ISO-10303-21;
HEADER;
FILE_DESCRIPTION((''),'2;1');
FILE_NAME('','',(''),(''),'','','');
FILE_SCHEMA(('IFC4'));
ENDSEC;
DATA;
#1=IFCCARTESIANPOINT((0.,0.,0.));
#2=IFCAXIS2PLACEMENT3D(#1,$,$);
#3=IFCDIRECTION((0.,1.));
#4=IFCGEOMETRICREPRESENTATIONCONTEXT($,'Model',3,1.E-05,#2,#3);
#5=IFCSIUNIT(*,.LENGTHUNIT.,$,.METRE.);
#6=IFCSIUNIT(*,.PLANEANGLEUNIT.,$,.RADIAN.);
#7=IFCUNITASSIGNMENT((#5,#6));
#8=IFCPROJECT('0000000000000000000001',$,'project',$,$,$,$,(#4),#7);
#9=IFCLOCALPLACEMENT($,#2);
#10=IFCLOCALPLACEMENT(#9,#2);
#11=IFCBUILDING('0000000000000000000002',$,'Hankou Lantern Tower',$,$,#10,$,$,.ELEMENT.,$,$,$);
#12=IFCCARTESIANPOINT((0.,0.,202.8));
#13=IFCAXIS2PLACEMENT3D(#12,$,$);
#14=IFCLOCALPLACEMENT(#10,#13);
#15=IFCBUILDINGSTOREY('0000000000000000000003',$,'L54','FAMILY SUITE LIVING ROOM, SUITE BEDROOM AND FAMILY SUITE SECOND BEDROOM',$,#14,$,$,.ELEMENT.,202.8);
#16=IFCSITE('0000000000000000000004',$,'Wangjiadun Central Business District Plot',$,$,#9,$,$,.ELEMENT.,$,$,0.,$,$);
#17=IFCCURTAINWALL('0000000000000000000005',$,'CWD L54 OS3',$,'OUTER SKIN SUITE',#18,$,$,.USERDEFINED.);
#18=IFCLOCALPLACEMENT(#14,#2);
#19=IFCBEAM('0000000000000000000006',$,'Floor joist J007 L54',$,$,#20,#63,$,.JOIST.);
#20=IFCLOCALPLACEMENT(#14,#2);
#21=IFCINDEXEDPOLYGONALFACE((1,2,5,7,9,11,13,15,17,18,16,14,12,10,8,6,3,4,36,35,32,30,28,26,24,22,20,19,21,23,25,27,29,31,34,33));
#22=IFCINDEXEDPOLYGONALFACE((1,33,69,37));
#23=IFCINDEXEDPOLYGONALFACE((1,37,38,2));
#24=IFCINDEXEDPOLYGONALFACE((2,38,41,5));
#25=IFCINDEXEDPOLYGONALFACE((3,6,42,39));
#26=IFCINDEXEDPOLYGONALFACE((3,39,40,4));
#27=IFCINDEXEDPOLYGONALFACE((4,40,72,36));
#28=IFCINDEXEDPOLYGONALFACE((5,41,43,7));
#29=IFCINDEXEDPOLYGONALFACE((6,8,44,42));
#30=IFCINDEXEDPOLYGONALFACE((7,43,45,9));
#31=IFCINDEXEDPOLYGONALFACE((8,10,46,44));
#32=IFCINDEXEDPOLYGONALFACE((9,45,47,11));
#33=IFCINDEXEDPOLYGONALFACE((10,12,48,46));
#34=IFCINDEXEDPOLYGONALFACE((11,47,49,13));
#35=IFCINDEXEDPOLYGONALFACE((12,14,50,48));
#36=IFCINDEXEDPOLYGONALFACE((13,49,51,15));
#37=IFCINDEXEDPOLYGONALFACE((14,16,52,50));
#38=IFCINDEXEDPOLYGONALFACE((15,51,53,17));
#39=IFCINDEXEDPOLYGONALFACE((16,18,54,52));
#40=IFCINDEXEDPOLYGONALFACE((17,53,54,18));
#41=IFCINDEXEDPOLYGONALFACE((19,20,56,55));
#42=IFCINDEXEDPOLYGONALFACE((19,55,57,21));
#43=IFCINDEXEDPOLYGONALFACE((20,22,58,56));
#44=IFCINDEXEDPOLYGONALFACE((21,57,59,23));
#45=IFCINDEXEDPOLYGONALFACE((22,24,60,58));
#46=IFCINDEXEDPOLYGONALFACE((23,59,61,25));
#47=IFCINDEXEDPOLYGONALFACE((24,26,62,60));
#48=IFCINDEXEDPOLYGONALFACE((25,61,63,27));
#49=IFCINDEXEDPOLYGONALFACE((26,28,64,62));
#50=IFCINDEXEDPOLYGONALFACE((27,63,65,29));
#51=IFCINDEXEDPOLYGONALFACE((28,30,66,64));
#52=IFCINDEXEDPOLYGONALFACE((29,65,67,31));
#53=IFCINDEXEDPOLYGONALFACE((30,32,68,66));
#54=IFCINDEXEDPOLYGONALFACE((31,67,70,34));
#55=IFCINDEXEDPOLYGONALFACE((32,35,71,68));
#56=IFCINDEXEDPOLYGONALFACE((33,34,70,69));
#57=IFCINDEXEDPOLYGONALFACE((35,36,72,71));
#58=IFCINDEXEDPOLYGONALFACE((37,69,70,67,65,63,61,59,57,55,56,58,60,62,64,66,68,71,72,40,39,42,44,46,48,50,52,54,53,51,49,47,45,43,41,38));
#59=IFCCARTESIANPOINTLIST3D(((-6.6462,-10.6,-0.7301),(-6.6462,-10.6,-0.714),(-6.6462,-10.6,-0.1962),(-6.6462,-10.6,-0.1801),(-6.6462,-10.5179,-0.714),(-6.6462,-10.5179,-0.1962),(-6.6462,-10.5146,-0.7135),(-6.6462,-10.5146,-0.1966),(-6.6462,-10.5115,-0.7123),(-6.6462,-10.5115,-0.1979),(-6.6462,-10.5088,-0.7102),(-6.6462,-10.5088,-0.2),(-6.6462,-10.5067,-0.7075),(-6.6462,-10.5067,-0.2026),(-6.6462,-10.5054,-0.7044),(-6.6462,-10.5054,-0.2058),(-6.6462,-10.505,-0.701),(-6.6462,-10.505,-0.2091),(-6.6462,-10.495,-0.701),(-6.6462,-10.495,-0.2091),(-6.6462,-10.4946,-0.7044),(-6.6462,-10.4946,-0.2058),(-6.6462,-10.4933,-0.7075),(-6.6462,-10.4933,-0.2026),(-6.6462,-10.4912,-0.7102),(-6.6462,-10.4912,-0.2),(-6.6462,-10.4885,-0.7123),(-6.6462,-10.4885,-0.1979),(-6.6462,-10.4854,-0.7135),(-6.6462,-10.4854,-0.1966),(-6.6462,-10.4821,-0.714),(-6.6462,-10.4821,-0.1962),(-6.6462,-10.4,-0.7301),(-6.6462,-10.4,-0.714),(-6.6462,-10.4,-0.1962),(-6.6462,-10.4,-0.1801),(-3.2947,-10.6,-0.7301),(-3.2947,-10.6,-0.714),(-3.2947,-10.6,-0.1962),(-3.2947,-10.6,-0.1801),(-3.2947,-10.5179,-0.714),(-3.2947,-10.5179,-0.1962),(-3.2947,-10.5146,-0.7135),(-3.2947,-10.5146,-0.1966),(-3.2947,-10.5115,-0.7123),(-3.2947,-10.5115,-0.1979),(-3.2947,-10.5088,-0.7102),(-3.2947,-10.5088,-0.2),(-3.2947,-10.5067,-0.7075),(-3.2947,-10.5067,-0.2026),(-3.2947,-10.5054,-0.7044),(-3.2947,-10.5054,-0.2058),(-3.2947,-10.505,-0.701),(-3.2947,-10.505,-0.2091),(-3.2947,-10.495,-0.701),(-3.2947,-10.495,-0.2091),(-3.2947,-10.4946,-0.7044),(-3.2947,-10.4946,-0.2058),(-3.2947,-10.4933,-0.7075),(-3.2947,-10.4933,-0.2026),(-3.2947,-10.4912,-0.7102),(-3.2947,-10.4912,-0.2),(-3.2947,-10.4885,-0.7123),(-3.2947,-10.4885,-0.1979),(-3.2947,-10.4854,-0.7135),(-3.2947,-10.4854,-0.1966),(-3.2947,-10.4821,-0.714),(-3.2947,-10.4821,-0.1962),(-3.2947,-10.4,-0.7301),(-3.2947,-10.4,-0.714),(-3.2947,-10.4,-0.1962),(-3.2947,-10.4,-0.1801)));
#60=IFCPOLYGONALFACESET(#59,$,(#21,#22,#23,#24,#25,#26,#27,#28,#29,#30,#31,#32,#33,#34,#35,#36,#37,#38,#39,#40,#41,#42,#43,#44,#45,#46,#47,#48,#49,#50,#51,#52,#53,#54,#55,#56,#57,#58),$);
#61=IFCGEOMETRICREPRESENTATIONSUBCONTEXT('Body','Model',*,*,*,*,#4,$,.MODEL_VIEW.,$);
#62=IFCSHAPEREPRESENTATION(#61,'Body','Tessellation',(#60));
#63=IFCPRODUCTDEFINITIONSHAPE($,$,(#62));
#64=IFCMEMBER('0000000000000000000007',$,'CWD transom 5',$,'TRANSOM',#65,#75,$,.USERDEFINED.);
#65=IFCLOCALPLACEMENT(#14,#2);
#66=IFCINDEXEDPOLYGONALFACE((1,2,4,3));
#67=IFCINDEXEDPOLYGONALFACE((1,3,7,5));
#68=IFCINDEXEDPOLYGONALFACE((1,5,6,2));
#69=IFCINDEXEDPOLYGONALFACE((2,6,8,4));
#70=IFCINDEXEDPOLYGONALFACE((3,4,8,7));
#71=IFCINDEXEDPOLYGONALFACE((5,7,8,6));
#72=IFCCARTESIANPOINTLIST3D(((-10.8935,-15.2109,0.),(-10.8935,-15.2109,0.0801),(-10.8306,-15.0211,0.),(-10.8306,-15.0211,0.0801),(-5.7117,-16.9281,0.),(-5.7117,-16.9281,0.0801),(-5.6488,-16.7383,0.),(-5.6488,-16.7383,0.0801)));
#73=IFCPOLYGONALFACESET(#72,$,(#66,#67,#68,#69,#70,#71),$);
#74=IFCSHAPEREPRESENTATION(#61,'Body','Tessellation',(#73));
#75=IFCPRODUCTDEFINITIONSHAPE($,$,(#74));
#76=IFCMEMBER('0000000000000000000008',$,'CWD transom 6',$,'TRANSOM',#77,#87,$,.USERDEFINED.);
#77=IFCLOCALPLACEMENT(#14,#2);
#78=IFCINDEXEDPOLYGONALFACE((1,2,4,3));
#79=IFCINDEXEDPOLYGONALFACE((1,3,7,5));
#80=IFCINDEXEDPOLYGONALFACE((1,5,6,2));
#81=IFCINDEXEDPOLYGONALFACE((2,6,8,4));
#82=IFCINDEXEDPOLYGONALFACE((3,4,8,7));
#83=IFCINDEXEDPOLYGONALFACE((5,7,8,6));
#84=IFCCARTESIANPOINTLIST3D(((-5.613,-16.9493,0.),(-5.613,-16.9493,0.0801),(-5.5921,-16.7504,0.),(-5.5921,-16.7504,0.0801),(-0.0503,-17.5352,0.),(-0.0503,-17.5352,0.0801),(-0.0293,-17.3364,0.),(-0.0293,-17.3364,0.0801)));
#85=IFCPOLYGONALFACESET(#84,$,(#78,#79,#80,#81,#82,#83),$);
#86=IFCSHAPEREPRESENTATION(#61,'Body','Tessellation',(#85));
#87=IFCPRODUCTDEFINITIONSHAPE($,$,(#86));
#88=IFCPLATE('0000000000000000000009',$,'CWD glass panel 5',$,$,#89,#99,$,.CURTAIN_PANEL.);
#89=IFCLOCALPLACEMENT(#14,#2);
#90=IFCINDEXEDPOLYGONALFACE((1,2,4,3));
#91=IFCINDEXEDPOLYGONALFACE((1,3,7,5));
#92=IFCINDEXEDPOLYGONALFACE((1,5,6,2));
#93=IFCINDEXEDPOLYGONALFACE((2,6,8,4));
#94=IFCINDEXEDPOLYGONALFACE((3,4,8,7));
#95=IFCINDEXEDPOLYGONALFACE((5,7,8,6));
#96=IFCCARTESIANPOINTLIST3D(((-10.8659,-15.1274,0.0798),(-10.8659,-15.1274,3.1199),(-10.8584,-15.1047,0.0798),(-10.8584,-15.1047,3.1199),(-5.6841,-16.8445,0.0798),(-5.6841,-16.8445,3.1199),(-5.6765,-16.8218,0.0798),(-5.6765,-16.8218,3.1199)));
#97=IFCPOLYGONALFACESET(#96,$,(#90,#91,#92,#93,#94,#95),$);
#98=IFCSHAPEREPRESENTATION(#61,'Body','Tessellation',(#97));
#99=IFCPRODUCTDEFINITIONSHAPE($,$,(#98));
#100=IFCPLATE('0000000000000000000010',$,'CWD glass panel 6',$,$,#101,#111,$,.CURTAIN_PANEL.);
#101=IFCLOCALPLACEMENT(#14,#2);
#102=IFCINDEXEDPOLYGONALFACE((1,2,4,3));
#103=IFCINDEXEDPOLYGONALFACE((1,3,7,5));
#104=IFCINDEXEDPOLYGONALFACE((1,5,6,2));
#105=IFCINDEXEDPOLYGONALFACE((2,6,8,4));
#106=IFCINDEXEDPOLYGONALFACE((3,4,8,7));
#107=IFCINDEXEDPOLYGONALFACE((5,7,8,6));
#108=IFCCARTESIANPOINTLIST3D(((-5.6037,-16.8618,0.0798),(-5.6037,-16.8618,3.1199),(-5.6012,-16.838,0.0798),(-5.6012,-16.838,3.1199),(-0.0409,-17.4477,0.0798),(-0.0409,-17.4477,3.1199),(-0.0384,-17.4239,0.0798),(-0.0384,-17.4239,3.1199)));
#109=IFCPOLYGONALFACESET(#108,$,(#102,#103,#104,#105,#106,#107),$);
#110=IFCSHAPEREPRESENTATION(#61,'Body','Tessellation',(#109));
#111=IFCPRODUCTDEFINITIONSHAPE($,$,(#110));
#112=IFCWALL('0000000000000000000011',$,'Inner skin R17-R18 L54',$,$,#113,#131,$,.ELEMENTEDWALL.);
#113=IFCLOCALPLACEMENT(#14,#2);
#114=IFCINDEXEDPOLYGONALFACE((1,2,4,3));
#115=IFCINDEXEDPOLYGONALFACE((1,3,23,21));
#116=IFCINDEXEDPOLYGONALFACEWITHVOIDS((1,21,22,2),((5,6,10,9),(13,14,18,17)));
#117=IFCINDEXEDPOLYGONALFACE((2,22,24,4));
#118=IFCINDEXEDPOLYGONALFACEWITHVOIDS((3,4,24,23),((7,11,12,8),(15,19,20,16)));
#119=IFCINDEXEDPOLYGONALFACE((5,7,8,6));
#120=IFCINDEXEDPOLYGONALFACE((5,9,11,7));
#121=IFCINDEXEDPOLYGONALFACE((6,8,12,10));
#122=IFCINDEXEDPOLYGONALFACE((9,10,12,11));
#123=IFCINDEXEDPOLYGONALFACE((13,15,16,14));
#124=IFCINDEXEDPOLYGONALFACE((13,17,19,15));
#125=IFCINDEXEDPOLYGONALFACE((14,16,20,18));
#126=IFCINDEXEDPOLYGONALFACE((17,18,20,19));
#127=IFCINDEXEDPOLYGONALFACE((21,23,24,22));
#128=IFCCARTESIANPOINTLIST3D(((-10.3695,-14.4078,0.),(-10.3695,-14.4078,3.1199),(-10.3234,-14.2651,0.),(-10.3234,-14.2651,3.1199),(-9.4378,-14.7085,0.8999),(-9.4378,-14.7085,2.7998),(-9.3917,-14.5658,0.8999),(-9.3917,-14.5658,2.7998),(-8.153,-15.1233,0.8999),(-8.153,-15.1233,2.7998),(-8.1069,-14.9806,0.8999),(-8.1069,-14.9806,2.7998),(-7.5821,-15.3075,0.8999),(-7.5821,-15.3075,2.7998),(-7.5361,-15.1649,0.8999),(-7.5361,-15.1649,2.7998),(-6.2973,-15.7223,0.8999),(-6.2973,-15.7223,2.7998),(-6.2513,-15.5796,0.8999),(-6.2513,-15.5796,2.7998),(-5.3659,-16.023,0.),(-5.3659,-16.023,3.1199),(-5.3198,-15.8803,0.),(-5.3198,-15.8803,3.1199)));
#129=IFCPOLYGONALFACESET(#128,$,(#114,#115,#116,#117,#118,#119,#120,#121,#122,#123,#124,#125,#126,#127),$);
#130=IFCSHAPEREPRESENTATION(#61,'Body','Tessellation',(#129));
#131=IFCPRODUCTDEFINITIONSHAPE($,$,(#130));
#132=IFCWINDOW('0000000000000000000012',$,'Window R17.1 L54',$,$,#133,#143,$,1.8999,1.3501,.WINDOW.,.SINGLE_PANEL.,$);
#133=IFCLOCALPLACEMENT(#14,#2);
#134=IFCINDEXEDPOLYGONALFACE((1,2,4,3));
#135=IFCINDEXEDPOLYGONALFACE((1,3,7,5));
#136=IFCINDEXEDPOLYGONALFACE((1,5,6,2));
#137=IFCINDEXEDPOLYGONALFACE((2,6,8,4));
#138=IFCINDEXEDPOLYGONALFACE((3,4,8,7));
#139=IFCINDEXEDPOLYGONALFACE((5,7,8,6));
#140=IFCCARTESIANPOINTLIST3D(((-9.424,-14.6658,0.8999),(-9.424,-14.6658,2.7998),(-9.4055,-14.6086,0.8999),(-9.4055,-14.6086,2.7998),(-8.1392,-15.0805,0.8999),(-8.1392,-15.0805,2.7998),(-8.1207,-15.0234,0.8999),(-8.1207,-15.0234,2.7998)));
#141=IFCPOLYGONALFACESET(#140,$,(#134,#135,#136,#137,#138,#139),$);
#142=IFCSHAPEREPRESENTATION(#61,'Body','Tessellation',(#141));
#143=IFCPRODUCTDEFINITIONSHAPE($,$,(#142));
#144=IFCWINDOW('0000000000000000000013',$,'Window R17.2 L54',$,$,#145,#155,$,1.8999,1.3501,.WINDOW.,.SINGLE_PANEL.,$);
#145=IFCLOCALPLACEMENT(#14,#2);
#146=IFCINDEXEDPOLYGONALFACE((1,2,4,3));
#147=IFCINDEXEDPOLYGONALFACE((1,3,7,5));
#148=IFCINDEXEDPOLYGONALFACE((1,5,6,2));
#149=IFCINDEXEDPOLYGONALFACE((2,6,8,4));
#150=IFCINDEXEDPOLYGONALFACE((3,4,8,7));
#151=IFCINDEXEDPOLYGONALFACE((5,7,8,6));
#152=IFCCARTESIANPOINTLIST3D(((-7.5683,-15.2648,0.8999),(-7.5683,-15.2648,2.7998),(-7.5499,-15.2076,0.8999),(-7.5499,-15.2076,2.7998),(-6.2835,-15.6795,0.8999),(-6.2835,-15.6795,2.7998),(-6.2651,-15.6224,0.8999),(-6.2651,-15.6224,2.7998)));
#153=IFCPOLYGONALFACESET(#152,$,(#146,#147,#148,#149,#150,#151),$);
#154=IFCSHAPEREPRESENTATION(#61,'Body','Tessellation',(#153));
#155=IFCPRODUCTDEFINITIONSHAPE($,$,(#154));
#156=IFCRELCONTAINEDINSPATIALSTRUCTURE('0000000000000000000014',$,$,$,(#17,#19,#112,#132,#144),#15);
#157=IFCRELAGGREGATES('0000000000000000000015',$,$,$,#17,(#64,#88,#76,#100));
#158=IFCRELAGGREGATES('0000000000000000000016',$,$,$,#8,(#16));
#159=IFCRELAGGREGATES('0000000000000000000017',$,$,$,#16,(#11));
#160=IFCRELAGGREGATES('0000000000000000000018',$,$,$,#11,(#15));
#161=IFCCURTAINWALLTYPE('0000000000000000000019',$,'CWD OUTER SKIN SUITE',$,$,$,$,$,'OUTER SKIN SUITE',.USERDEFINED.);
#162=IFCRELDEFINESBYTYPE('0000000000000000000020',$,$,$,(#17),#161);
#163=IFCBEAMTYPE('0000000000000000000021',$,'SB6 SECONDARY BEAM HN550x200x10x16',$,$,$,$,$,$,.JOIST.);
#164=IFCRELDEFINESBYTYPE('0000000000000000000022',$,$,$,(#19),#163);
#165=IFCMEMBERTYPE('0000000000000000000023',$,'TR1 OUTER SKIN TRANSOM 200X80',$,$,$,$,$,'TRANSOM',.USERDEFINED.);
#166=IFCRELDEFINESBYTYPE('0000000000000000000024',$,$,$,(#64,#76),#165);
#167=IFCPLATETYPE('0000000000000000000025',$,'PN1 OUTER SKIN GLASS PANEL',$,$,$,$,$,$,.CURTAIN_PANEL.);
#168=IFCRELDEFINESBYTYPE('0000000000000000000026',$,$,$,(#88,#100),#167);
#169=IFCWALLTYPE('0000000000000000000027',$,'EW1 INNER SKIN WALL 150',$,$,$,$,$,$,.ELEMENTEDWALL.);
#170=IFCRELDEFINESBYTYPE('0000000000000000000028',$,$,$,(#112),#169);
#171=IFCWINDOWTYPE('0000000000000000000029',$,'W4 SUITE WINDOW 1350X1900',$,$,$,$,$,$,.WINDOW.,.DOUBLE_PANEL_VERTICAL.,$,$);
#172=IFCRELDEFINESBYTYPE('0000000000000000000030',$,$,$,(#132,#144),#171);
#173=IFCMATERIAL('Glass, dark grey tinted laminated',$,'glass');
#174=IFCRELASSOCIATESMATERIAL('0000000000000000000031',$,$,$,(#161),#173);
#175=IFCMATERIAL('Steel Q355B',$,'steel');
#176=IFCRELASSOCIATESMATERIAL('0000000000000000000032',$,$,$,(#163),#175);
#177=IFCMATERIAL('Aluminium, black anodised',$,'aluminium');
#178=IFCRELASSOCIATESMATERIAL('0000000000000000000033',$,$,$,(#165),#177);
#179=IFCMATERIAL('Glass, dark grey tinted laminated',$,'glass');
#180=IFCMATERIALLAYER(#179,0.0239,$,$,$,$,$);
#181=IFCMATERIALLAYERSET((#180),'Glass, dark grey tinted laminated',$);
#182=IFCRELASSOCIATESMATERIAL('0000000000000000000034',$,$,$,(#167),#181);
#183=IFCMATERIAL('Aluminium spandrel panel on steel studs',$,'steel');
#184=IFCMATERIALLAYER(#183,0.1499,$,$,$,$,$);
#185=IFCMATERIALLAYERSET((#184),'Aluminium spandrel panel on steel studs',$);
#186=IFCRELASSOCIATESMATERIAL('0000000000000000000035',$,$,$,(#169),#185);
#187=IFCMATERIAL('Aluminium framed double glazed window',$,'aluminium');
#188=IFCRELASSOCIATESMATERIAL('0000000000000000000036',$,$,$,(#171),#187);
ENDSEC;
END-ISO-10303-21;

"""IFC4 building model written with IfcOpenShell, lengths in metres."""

from ifc_helpers import new_model, si_unit, direction, frame, frame_2d, origin, origin_2d, place, context, subcontext, project, spatial, rectangle, i_section, extrude, material, layer, layer_set, material_profile, profile_set, type_object, element, fill, aggregate, save


model = new_model("IFC4")

# Units and contexts
model_context = context("Model", 3, precision=1e-05, world=origin(), true_north=direction((0.0, 1.0)))
body_context = subcontext(model_context, "Body", "Model", "MODEL_VIEW")
ifc_project = project(units=[si_unit("LENGTHUNIT", "METRE"), si_unit("PLANEANGLEUNIT", "RADIAN")], contexts=[model_context])

# Site, building, storey
site_placement = place(None, origin())
site = spatial("IfcSite", under=ifc_project, at=site_placement, Name="Wangjiadun Central Business District Plot", CompositionType="ELEMENT", RefElevation=0.0)
building_placement = place(site_placement, origin())
building = spatial("IfcBuilding", under=site, at=building_placement, Name="Hankou Lantern Tower", CompositionType="ELEMENT")
storey_placement = place(building_placement, frame((0.0, 0.0, 202.8)))
storey = spatial("IfcBuildingStorey", under=building, at=storey_placement, Name="L54", Description="FAMILY SUITE LIVING ROOM, SUITE BEDROOM AND FAMILY SUITE SECOND BEDROOM", CompositionType="ELEMENT", Elevation=202.8)

# Curtain wall
ifc_material_1 = material(Name="Glass, dark grey tinted laminated", Category="glass")
curtain_wall_type = type_object("IfcCurtainWallType", Name="CWD OUTER SKIN SUITE", ElementType="OUTER SKIN SUITE", PredefinedType="USERDEFINED", material=ifc_material_1)
curtain_wall_placement = place(storey_placement, origin())
curtain_wall = element("IfcCurtainWall", 1, at=curtain_wall_placement, inside=storey, type_object=curtain_wall_type, Name="CWD L54 OS3", ObjectType="OUTER SKIN SUITE", PredefinedType="USERDEFINED")

# Beam
ifc_material_2 = material(Name="Steel Q355B", Category="steel")
ifc_material_profile_1 = material_profile(ifc_material_2, i_section(OverallWidth=0.2, OverallDepth=0.55, WebThickness=0.01, FlangeThickness=0.0161, FilletRadius=0.0129, at=origin_2d()), Name="HN550x200x10x16")
ifc_profile_set_1 = profile_set([ifc_material_profile_1], Name="Steel Q355B")
beam_type_1 = type_object("IfcBeamType", Name="SB6 SECONDARY BEAM HN550x200x10x16", PredefinedType="JOIST", material=ifc_profile_set_1)
beam_1_placement = place(storey_placement, frame((-6.6462, -10.5, -0.4551), z_axis=(1.0, 0.0, 0.0), x_axis=(0.0, 1.0, 0.0)))
element("IfcBeam", 2, at=beam_1_placement, inside=storey, type_object=beam_type_1, Name="Floor joist J007 L54", PredefinedType="JOIST", context=body_context, shape_type="SweptSolid", body=[
    extrude(i_section(OverallWidth=0.2, OverallDepth=0.55, WebThickness=0.01, FlangeThickness=0.0161, FilletRadius=0.0129, at=origin_2d()), origin(), (0.0, 0.0, 1.0), 3.3516),
])

# Members
ifc_material_3 = material(Name="Aluminium, black anodised", Category="aluminium")
ifc_material_profile_2 = material_profile(ifc_material_3, rectangle(XDim=0.2, YDim=0.0801, at=origin_2d()), Name="TR1 200X80")
ifc_profile_set_2 = profile_set([ifc_material_profile_2], Name="Aluminium, black anodised")
member_type_1 = type_object("IfcMemberType", Name="TR1 OUTER SKIN TRANSOM 200X80", ElementType="TRANSOM", PredefinedType="USERDEFINED", material=ifc_profile_set_2)
member_1_placement = place(storey_placement, frame((-10.8621, -15.116, 0.04), z_axis=(0.949232, -0.314577, 0.0), x_axis=(0.314577, 0.949232, 0.0)))
member_1 = element("IfcMember", 3, at=member_1_placement, type_object=member_type_1, Name="CWD transom 5", ObjectType="TRANSOM", PredefinedType="USERDEFINED", context=body_context, shape_type="SweptSolid", body=[
    extrude(rectangle(XDim=0.2, YDim=0.0801, at=origin_2d()), origin(), (0.0, 0.0, 1.0), 5.459),
])
member_2_placement = place(storey_placement, frame((-5.6025, -16.8499, 0.04), z_axis=(0.994498, -0.104753, 0.0), x_axis=(0.104753, 0.994498, 0.0)))
member_2 = element("IfcMember", 4, at=member_2_placement, type_object=member_type_1, Name="CWD transom 6", ObjectType="TRANSOM", PredefinedType="USERDEFINED", context=body_context, shape_type="SweptSolid", body=[
    extrude(rectangle(XDim=0.2, YDim=0.0801, at=origin_2d()), origin(), (0.0, 0.0, 1.0), 5.5935),
])

# Plates
ifc_material_4 = material(Name="Glass, dark grey tinted laminated", Category="glass")
ifc_layer_1 = layer(ifc_material_4, 0.0239)
ifc_layer_set_1 = layer_set([ifc_layer_1], Name="Glass, dark grey tinted laminated")
plate_type = type_object("IfcPlateType", Name="PN1 OUTER SKIN GLASS PANEL", PredefinedType="CURTAIN_PANEL", material=ifc_layer_set_1)
plate_1_placement = place(storey_placement, frame((-8.2712, -15.9746, 0.0798), z_axis=(0.0, 0.0, 1.0), x_axis=(0.949241, -0.314551, 0.0)))
plate_1 = element("IfcPlate", 5, at=plate_1_placement, type_object=plate_type, Name="CWD glass panel 5", PredefinedType="CURTAIN_PANEL", context=body_context, shape_type="SweptSolid", body=[
    extrude(rectangle(XDim=5.459, YDim=0.0239, at=origin_2d()), origin(), (0.0, 0.0, 1.0), 3.04),
])
plate_2_placement = place(storey_placement, frame((-2.821, -17.1428, 0.0798), z_axis=(0.0, 0.0, 1.0), x_axis=(0.994499, -0.104743, 0.0)))
plate_2 = element("IfcPlate", 6, at=plate_2_placement, type_object=plate_type, Name="CWD glass panel 6", PredefinedType="CURTAIN_PANEL", context=body_context, shape_type="SweptSolid", body=[
    extrude(rectangle(XDim=5.5935, YDim=0.0239, at=origin_2d()), origin(), (0.0, 0.0, 1.0), 3.04),
])
aggregate(curtain_wall, [member_1, plate_1, member_2, plate_2])

# Wall, openings, windows
ifc_material_5 = material(Name="Aluminium spandrel panel on steel studs", Category="steel")
ifc_layer_2 = layer(ifc_material_5, 0.1499)
ifc_layer_set_2 = layer_set([ifc_layer_2], Name="Aluminium spandrel panel on steel studs")
wall_type_1 = type_object("IfcWallType", Name="EW1 INNER SKIN WALL 150", PredefinedType="ELEMENTEDWALL", material=ifc_layer_set_2)
wall_1_placement = place(storey_placement, frame((-10.3464, -14.3364, 0.0), z_axis=(0.0, 0.0, 1.0), x_axis=(0.951645, -0.307201, 0.0)))
wall_1 = element("IfcWall", 7, at=wall_1_placement, inside=storey, type_object=wall_type_1, Name="Inner skin R17-R18 L54", PredefinedType="ELEMENTEDWALL", context=body_context, shape_type="SweptSolid", body=[
    extrude(rectangle(XDim=5.2578, YDim=0.1499, at=frame_2d((2.6289, 0.0))), origin(), (0.0, 0.0, 1.0), 3.1199),
])
opening_1_placement = place(wall_1_placement, frame((0.979, 0.0, 0.8999)))
opening_1 = element("IfcOpeningElement", 8, at=opening_1_placement, cuts=wall_1, PredefinedType="OPENING", context=body_context, shape_type="SweptSolid", body=[
    extrude(rectangle(XDim=1.3501, YDim=1.8999, at=frame_2d((0.675, 0.95))), frame((0.0, 0.085, 0.0), z_axis=(0.0, -1.0, 0.0), x_axis=(1.0, 0.0, 0.0)), (0.0, 0.0, 1.0), 0.1699),
])
opening_2_placement = place(wall_1_placement, frame((2.929, 0.0, 0.8999)))
opening_2 = element("IfcOpeningElement", 9, at=opening_2_placement, cuts=wall_1, PredefinedType="OPENING", context=body_context, shape_type="SweptSolid", body=[
    extrude(rectangle(XDim=1.3501, YDim=1.8999, at=frame_2d((0.675, 0.95))), frame((0.0, 0.085, 0.0), z_axis=(0.0, -1.0, 0.0), x_axis=(1.0, 0.0, 0.0)), (0.0, 0.0, 1.0), 0.1699),
])
ifc_material_6 = material(Name="Aluminium framed double glazed window", Category="aluminium")
window_type = type_object("IfcWindowType", Name="W4 SUITE WINDOW 1350X1900", PartitioningType="DOUBLE_PANEL_VERTICAL", PredefinedType="WINDOW", material=ifc_material_6)
window_1_placement = place(opening_1_placement, origin())
window_1 = element("IfcWindow", 10, at=window_1_placement, inside=storey, type_object=window_type, Name="Window R17.1 L54", OverallHeight=1.8999, OverallWidth=1.3501, PartitioningType="SINGLE_PANEL", PredefinedType="WINDOW", context=body_context, shape_type="SweptSolid", body=[
    extrude(rectangle(XDim=1.3501, YDim=1.8999, at=frame_2d((0.675, 0.95))), frame((0.0, 0.03, 0.0), z_axis=(0.0, -1.0, 0.0), x_axis=(1.0, 0.0, 0.0)), (0.0, 0.0, 1.0), 0.0601),
])
fill(opening_1, window_1)
window_2_placement = place(opening_2_placement, origin())
window_2 = element("IfcWindow", 11, at=window_2_placement, inside=storey, type_object=window_type, Name="Window R17.2 L54", OverallHeight=1.8999, OverallWidth=1.3501, PartitioningType="SINGLE_PANEL", PredefinedType="WINDOW", context=body_context, shape_type="SweptSolid", body=[
    extrude(rectangle(XDim=1.3501, YDim=1.8999, at=frame_2d((0.675, 0.95))), frame((0.0, 0.03, 0.0), z_axis=(0.0, -1.0, 0.0), x_axis=(1.0, 0.0, 0.0)), (0.0, 0.0, 1.0), 0.0601),
])
fill(opening_2, window_2)

save(model, "model.ifc")
